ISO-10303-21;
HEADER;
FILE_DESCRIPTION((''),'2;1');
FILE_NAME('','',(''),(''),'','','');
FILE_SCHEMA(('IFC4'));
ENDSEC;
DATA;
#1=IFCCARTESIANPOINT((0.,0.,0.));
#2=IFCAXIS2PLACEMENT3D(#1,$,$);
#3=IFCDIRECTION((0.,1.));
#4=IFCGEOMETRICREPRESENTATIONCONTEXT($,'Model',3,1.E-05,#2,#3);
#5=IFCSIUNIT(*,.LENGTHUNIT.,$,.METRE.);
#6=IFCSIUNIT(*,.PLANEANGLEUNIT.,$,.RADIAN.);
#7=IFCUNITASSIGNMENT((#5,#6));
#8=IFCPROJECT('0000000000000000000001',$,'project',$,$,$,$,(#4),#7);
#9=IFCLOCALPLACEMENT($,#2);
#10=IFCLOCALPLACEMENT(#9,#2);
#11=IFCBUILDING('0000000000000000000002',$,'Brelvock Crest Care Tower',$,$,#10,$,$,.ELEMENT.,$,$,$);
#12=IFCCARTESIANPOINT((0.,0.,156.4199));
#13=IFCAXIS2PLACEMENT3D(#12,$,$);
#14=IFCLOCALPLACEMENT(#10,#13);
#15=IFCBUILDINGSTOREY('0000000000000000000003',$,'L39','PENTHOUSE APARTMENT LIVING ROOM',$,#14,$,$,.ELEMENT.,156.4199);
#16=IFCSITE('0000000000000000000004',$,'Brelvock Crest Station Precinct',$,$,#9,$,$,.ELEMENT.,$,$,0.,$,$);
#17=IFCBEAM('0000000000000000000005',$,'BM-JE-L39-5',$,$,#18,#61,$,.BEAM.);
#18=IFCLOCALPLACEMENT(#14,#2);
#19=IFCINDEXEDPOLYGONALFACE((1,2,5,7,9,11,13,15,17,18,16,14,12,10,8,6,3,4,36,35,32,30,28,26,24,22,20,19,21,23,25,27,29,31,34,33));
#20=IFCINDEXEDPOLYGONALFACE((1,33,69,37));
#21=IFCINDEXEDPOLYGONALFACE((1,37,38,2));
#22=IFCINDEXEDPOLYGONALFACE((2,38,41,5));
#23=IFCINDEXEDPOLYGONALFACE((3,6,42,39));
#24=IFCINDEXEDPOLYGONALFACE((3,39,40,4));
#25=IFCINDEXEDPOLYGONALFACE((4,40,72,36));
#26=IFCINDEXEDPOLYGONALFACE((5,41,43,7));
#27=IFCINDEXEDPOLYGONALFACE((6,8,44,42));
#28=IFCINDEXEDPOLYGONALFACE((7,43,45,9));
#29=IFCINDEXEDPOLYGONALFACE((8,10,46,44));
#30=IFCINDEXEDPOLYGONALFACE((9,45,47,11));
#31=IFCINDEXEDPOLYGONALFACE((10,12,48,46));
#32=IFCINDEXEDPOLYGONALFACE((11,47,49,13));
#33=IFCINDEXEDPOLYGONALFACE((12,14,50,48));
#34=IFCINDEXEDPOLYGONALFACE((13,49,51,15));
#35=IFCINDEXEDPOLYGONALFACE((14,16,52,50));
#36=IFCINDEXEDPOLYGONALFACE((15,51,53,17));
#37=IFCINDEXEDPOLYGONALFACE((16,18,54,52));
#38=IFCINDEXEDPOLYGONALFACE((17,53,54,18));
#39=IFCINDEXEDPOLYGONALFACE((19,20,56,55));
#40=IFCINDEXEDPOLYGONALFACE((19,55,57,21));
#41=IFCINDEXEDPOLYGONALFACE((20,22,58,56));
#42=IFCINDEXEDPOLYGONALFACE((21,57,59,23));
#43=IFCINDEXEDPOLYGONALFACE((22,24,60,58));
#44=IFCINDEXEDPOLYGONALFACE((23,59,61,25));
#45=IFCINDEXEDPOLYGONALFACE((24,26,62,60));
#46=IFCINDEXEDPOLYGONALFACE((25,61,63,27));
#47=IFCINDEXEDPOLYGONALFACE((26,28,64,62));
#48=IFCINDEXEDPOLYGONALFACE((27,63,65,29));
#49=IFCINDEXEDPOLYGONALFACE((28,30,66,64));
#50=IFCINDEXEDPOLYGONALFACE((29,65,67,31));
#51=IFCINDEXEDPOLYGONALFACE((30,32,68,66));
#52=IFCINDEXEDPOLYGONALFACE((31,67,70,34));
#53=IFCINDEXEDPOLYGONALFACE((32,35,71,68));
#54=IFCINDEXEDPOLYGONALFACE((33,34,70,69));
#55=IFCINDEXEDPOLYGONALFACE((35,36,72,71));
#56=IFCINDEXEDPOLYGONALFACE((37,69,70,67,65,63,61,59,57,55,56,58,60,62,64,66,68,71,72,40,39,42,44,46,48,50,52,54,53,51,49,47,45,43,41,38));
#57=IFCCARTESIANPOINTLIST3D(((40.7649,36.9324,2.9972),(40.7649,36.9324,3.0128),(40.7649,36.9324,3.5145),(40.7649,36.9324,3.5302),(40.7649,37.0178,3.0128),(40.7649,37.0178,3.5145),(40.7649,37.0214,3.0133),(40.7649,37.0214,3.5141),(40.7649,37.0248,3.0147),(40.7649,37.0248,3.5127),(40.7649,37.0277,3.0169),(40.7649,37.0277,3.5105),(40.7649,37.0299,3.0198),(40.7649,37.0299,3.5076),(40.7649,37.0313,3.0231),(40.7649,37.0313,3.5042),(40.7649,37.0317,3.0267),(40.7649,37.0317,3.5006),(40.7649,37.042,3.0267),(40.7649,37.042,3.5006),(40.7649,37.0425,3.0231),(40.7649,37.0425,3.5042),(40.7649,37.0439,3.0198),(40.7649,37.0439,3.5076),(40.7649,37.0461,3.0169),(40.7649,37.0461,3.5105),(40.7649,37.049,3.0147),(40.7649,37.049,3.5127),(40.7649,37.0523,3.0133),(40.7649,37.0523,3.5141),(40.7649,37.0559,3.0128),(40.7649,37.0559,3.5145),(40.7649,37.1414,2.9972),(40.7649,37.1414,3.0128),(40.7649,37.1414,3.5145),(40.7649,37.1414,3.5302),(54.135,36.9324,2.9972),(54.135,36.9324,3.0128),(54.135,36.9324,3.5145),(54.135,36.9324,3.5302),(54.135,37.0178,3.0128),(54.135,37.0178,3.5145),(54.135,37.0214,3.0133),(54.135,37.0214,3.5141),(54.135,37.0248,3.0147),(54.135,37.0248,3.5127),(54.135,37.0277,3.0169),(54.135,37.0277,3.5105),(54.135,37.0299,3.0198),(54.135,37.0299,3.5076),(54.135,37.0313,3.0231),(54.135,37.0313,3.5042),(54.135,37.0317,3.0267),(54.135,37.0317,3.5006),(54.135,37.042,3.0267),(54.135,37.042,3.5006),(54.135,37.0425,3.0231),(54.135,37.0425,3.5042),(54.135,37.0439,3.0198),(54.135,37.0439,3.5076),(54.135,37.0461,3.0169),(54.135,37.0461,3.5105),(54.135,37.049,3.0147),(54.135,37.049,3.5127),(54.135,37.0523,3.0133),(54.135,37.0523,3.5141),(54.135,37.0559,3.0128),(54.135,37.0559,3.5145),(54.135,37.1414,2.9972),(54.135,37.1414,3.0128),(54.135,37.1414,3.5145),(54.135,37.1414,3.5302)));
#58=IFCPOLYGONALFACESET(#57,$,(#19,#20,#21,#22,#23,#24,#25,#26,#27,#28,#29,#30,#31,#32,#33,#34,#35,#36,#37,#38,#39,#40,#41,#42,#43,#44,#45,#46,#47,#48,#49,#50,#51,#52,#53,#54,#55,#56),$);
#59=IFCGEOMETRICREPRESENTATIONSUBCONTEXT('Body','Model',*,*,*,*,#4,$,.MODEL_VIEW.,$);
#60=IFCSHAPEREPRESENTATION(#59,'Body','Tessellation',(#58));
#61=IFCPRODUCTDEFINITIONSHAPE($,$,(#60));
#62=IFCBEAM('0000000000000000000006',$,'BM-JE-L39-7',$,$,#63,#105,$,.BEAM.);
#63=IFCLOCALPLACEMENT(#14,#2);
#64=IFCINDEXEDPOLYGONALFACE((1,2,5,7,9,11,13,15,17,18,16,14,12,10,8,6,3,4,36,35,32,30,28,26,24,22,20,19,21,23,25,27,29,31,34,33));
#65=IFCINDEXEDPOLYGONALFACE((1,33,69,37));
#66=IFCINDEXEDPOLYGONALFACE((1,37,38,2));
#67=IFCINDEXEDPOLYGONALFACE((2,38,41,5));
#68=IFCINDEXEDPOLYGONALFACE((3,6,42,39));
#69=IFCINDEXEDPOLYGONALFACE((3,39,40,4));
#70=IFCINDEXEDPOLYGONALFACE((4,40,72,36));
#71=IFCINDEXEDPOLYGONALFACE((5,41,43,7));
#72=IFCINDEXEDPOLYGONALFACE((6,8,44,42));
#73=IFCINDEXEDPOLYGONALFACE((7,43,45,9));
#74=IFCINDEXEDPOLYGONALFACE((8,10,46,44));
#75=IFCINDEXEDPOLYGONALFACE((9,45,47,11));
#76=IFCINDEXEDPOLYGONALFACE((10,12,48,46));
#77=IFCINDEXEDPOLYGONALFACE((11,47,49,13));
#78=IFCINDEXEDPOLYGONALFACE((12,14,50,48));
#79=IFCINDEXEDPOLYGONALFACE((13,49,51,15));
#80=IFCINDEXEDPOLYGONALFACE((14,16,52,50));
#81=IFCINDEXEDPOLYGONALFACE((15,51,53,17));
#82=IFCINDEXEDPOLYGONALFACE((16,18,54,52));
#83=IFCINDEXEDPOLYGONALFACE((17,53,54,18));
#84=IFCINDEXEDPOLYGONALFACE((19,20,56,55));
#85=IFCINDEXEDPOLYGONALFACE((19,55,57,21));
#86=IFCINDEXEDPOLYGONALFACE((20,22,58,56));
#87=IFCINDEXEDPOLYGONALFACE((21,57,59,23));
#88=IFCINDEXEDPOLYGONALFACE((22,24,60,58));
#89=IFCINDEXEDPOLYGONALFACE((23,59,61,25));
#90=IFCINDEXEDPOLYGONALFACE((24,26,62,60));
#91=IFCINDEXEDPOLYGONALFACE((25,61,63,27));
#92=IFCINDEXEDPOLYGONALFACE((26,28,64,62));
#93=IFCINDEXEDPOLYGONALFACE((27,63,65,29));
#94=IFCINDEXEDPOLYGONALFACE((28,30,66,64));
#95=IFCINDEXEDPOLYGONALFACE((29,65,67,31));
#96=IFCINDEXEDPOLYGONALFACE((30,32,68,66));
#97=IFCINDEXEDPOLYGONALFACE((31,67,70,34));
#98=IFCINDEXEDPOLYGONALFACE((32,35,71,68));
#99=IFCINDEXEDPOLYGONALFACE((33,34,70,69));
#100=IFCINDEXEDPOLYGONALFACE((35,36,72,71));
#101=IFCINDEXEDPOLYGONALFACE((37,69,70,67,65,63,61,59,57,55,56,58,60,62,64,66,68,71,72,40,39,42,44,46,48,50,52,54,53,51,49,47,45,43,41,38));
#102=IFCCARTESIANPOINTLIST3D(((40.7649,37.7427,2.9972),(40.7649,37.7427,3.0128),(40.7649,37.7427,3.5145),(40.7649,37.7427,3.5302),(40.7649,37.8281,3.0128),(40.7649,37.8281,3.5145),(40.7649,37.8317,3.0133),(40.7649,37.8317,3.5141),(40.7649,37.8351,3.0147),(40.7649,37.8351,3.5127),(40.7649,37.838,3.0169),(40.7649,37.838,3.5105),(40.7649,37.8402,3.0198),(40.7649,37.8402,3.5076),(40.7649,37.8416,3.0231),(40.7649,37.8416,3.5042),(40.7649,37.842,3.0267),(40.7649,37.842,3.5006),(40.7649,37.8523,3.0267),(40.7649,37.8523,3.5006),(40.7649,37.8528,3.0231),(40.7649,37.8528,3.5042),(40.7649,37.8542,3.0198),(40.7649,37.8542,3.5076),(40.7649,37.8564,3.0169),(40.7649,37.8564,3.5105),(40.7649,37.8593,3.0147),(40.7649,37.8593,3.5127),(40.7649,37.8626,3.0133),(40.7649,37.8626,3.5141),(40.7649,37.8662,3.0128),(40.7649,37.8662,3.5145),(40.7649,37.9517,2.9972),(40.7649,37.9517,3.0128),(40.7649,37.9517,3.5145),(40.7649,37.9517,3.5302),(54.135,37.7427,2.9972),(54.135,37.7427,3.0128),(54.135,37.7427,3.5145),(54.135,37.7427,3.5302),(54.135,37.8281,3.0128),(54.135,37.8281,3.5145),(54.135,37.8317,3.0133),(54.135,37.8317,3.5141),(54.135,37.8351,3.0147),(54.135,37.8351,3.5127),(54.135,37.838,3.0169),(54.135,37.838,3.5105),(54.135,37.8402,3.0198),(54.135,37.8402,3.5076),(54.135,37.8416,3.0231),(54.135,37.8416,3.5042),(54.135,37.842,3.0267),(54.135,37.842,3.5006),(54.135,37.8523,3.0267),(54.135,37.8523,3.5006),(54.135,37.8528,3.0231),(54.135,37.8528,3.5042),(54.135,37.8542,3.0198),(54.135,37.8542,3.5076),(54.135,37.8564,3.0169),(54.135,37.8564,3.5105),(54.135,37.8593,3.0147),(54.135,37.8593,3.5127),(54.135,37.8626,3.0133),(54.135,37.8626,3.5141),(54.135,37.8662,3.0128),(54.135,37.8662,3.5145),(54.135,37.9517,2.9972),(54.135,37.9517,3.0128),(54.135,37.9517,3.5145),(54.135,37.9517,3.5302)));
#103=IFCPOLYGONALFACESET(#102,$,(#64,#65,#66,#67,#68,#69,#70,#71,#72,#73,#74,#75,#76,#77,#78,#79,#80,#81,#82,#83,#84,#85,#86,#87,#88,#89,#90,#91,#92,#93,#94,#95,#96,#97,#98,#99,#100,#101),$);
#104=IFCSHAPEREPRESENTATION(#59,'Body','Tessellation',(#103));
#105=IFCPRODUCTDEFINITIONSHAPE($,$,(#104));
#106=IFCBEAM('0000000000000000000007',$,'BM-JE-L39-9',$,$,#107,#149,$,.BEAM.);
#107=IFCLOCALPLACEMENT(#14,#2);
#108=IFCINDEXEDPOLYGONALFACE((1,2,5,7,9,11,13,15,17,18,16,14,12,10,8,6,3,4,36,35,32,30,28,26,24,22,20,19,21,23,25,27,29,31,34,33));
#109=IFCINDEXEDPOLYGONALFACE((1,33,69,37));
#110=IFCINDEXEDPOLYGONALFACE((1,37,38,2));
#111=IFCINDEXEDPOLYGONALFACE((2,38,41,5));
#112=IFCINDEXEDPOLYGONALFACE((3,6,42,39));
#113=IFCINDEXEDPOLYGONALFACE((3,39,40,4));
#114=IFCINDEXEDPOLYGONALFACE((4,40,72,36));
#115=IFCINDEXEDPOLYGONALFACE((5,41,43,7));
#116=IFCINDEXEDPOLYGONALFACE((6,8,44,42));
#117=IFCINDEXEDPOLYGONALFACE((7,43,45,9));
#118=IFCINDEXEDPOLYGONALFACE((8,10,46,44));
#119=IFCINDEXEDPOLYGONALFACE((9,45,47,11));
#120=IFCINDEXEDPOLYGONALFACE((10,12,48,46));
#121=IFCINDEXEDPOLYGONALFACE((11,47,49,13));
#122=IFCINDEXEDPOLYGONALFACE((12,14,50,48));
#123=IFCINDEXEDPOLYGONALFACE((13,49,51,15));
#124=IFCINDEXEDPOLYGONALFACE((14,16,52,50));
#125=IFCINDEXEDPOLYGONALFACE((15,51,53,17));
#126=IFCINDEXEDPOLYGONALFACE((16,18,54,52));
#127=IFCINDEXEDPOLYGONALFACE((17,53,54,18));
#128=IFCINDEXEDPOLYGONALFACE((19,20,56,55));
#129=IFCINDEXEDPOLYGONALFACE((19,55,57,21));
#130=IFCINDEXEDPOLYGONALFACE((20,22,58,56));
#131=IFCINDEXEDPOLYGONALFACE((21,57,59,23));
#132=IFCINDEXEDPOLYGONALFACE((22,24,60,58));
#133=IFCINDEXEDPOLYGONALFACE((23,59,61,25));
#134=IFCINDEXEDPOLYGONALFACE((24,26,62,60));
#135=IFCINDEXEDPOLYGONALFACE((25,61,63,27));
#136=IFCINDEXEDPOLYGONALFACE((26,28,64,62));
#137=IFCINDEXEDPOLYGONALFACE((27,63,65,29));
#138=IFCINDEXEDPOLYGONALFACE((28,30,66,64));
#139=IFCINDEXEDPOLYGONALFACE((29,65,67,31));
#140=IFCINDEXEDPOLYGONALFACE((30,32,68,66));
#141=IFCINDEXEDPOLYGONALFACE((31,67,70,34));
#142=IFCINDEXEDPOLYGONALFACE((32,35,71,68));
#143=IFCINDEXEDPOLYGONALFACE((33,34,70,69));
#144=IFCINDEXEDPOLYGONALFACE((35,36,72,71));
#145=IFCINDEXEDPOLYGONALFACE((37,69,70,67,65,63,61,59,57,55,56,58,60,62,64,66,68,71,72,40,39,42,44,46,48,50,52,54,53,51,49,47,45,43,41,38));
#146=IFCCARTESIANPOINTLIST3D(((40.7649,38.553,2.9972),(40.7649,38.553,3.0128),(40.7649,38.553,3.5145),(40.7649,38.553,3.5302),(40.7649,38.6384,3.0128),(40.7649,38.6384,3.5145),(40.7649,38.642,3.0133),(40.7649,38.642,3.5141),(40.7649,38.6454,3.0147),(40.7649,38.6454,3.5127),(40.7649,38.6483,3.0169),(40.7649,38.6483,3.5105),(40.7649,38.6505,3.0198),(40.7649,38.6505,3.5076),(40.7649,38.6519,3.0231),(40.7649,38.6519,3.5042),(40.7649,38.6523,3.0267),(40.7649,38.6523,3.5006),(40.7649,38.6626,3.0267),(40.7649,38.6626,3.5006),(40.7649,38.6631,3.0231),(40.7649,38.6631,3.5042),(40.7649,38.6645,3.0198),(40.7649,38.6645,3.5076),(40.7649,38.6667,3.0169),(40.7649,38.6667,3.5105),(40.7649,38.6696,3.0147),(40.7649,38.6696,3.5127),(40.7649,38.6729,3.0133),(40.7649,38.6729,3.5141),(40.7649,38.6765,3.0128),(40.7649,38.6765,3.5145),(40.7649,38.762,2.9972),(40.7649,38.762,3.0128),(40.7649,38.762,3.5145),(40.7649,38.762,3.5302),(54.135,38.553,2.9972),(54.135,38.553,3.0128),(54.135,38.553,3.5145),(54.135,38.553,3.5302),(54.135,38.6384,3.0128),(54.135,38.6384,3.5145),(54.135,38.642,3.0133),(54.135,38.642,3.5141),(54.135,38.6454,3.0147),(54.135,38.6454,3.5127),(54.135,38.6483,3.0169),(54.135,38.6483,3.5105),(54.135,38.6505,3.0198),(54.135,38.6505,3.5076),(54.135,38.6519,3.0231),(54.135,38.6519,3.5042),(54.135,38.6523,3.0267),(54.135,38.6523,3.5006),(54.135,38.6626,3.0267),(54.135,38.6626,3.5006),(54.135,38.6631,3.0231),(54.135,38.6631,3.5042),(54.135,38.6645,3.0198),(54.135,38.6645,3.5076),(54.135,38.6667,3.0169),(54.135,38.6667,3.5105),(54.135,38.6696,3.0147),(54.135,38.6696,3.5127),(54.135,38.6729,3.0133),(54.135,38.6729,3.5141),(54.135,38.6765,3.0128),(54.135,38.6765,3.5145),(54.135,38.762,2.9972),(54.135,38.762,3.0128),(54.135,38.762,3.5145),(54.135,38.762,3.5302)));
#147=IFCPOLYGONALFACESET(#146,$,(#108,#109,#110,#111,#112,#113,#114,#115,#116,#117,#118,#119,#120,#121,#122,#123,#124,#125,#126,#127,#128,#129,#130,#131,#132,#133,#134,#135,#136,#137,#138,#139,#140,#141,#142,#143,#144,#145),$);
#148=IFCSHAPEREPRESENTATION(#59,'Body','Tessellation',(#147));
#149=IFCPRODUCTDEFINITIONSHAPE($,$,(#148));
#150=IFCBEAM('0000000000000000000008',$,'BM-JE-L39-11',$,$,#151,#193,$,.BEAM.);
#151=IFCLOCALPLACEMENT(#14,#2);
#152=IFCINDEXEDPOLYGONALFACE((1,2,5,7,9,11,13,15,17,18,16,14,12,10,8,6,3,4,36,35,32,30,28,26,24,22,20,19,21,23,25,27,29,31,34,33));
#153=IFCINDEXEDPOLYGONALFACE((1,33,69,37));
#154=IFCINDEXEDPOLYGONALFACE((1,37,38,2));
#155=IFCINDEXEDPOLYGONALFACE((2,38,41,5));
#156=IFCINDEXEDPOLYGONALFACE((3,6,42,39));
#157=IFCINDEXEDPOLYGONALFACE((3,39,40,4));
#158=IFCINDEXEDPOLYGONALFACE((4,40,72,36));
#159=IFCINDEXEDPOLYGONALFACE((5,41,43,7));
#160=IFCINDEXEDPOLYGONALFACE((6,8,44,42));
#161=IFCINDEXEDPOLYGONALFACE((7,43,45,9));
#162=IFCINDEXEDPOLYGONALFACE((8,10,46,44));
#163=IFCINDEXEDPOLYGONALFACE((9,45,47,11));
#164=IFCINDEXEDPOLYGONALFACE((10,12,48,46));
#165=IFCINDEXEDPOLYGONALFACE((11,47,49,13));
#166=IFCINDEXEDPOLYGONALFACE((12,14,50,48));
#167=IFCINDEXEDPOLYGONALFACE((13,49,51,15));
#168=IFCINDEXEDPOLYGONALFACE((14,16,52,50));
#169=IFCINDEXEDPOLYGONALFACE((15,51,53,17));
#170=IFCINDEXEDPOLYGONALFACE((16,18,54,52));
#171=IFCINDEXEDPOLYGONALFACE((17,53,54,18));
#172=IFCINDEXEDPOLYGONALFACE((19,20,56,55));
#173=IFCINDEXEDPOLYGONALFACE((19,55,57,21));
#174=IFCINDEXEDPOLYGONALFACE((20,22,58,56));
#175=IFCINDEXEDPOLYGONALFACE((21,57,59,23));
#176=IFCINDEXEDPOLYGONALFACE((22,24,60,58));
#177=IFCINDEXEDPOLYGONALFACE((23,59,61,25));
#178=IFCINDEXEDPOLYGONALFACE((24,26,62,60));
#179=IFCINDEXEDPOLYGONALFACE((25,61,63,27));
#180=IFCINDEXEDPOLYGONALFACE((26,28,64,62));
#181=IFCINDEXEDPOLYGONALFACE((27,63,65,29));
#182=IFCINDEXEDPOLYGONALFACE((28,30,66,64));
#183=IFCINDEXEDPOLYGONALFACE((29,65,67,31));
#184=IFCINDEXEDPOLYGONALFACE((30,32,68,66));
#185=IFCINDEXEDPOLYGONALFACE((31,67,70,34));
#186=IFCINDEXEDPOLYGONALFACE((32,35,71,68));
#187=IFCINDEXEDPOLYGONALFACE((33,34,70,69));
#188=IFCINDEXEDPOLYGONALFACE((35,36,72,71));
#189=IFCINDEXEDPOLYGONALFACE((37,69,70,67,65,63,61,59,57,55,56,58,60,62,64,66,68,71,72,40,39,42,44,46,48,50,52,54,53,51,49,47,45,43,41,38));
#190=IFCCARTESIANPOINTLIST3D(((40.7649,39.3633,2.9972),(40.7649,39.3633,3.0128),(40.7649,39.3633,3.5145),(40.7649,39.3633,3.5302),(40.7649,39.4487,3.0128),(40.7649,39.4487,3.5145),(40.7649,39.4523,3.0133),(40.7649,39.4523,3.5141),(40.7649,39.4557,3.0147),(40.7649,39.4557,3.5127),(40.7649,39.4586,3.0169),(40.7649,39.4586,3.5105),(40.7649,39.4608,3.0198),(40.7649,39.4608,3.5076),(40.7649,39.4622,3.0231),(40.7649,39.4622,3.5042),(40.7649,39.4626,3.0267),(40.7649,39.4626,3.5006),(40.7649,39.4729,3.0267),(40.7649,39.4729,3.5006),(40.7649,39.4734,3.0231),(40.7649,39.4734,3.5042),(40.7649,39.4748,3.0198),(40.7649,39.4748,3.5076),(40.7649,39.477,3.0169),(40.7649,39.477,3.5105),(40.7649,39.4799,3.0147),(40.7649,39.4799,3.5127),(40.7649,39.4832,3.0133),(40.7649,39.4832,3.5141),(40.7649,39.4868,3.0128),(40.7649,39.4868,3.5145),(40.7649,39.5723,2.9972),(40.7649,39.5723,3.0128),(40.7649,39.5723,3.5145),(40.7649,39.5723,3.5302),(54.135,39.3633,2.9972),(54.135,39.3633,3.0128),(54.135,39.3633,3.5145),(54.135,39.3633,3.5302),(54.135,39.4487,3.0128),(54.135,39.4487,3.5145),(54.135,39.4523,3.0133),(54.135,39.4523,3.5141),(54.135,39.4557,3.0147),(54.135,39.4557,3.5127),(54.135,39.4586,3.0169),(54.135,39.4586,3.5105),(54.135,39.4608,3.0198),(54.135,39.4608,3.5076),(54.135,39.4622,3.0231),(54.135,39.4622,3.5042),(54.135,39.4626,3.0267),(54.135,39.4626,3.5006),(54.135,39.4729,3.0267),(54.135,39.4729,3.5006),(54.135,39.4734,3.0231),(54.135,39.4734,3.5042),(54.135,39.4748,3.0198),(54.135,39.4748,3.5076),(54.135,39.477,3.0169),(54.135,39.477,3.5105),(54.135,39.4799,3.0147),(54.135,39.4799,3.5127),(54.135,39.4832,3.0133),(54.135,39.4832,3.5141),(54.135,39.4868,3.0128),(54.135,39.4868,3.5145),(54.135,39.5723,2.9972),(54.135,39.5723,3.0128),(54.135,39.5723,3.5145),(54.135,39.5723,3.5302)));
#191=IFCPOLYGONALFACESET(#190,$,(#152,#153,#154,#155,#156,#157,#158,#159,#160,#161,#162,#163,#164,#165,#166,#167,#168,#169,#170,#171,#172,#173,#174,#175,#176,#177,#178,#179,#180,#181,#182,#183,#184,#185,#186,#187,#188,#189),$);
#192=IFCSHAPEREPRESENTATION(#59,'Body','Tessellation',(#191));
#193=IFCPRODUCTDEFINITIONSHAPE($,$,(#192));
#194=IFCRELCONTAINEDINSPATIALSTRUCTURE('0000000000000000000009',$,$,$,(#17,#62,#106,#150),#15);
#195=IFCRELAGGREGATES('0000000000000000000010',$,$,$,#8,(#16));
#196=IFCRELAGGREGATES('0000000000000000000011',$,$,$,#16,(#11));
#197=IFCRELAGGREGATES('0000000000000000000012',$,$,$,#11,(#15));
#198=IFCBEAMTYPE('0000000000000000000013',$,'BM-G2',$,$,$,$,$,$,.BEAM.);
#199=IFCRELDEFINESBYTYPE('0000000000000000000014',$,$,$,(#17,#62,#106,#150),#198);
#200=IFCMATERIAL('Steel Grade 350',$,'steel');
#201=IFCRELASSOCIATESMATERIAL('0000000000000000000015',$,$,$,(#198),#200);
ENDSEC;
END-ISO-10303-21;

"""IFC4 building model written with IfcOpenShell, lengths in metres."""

from ifc_helpers import new_model, si_unit, direction, frame, origin, origin_2d, place, context, subcontext, project, spatial, i_section, extrude, source, transform, mapped, material, material_profile, profile_set, type_object, element, save


model = new_model("IFC4")

# Units and contexts
model_context = context("Model", 3, precision=1e-05, world=origin(), true_north=direction((0.0, 1.0)))
body_context = subcontext(model_context, "Body", "Model", "MODEL_VIEW")
ifc_project = project(units=[si_unit("LENGTHUNIT", "METRE"), si_unit("PLANEANGLEUNIT", "RADIAN")], contexts=[model_context])

# Site, building, storey
site_placement = place(None, origin())
site = spatial("IfcSite", under=ifc_project, at=site_placement, Name="Brelvock Crest Station Precinct", CompositionType="ELEMENT", RefElevation=0.0)
building_placement = place(site_placement, origin())
building = spatial("IfcBuilding", under=site, at=building_placement, Name="Brelvock Crest Care Tower", CompositionType="ELEMENT")
storey_placement = place(building_placement, frame((0.0, 0.0, 156.4199)))
storey = spatial("IfcBuildingStorey", under=building, at=storey_placement, Name="L39", Description="PENTHOUSE APARTMENT LIVING ROOM", CompositionType="ELEMENT", Elevation=156.4199)

# Beams
ifc_material_1 = material(Name="Steel Grade 350", Category="steel")
ifc_material_profile_1 = material_profile(ifc_material_1, i_section(OverallWidth=0.209, OverallDepth=0.533, WebThickness=0.0103, FlangeThickness=0.0156, FilletRadius=0.0139, at=origin_2d()), Name="530UB92.4")
ifc_profile_set_1 = profile_set([ifc_material_profile_1], Name="Steel Grade 350")
beam_type_1 = type_object("IfcBeamType", Name="BM-G2", PredefinedType="BEAM", material=ifc_profile_set_1)
shared_shape_1 = source(origin(), body_context, "Body", "SweptSolid", [
    extrude(i_section(OverallWidth=0.209, OverallDepth=0.533, WebThickness=0.0103, FlangeThickness=0.0156, FilletRadius=0.0139, at=origin_2d()), origin(), (0.0, 0.0, 1.0), 13.3701),
])
for number, where, z_axis, x_axis, name in (
    (1, (40.7649, 37.0369, 3.2637), (1.0, 0.0, 0.0), (0.0, 1.0, 0.0), "BM-JE-L39-5"),
    (2, (40.7649, 37.8472, 3.2637), (1.0, 0.0, 0.0), (0.0, 1.0, 0.0), "BM-JE-L39-7"),
    (3, (40.7649, 38.6575, 3.2637), (1.0, 0.0, 0.0), (0.0, 1.0, 0.0), "BM-JE-L39-9"),
    (4, (40.7649, 39.4678, 3.2637), (1.0, 0.0, 0.0), (0.0, 1.0, 0.0), "BM-JE-L39-11"),
):
    element("IfcBeam", number, at=place(storey_placement, frame(where, z_axis=z_axis, x_axis=x_axis)), inside=storey, type_object=beam_type_1, Name=name, PredefinedType="BEAM", context=body_context, shape_type="MappedRepresentation", body=[
        mapped(shared_shape_1, transform((0.0, 0.0, 0.0), x_axis=(1.0, 0.0, 0.0), y_axis=(0.0, 1.0, 0.0), z_axis=(0.0, 0.0, 1.0), scale=1.0)),
    ])

save(model, "model.ifc")
